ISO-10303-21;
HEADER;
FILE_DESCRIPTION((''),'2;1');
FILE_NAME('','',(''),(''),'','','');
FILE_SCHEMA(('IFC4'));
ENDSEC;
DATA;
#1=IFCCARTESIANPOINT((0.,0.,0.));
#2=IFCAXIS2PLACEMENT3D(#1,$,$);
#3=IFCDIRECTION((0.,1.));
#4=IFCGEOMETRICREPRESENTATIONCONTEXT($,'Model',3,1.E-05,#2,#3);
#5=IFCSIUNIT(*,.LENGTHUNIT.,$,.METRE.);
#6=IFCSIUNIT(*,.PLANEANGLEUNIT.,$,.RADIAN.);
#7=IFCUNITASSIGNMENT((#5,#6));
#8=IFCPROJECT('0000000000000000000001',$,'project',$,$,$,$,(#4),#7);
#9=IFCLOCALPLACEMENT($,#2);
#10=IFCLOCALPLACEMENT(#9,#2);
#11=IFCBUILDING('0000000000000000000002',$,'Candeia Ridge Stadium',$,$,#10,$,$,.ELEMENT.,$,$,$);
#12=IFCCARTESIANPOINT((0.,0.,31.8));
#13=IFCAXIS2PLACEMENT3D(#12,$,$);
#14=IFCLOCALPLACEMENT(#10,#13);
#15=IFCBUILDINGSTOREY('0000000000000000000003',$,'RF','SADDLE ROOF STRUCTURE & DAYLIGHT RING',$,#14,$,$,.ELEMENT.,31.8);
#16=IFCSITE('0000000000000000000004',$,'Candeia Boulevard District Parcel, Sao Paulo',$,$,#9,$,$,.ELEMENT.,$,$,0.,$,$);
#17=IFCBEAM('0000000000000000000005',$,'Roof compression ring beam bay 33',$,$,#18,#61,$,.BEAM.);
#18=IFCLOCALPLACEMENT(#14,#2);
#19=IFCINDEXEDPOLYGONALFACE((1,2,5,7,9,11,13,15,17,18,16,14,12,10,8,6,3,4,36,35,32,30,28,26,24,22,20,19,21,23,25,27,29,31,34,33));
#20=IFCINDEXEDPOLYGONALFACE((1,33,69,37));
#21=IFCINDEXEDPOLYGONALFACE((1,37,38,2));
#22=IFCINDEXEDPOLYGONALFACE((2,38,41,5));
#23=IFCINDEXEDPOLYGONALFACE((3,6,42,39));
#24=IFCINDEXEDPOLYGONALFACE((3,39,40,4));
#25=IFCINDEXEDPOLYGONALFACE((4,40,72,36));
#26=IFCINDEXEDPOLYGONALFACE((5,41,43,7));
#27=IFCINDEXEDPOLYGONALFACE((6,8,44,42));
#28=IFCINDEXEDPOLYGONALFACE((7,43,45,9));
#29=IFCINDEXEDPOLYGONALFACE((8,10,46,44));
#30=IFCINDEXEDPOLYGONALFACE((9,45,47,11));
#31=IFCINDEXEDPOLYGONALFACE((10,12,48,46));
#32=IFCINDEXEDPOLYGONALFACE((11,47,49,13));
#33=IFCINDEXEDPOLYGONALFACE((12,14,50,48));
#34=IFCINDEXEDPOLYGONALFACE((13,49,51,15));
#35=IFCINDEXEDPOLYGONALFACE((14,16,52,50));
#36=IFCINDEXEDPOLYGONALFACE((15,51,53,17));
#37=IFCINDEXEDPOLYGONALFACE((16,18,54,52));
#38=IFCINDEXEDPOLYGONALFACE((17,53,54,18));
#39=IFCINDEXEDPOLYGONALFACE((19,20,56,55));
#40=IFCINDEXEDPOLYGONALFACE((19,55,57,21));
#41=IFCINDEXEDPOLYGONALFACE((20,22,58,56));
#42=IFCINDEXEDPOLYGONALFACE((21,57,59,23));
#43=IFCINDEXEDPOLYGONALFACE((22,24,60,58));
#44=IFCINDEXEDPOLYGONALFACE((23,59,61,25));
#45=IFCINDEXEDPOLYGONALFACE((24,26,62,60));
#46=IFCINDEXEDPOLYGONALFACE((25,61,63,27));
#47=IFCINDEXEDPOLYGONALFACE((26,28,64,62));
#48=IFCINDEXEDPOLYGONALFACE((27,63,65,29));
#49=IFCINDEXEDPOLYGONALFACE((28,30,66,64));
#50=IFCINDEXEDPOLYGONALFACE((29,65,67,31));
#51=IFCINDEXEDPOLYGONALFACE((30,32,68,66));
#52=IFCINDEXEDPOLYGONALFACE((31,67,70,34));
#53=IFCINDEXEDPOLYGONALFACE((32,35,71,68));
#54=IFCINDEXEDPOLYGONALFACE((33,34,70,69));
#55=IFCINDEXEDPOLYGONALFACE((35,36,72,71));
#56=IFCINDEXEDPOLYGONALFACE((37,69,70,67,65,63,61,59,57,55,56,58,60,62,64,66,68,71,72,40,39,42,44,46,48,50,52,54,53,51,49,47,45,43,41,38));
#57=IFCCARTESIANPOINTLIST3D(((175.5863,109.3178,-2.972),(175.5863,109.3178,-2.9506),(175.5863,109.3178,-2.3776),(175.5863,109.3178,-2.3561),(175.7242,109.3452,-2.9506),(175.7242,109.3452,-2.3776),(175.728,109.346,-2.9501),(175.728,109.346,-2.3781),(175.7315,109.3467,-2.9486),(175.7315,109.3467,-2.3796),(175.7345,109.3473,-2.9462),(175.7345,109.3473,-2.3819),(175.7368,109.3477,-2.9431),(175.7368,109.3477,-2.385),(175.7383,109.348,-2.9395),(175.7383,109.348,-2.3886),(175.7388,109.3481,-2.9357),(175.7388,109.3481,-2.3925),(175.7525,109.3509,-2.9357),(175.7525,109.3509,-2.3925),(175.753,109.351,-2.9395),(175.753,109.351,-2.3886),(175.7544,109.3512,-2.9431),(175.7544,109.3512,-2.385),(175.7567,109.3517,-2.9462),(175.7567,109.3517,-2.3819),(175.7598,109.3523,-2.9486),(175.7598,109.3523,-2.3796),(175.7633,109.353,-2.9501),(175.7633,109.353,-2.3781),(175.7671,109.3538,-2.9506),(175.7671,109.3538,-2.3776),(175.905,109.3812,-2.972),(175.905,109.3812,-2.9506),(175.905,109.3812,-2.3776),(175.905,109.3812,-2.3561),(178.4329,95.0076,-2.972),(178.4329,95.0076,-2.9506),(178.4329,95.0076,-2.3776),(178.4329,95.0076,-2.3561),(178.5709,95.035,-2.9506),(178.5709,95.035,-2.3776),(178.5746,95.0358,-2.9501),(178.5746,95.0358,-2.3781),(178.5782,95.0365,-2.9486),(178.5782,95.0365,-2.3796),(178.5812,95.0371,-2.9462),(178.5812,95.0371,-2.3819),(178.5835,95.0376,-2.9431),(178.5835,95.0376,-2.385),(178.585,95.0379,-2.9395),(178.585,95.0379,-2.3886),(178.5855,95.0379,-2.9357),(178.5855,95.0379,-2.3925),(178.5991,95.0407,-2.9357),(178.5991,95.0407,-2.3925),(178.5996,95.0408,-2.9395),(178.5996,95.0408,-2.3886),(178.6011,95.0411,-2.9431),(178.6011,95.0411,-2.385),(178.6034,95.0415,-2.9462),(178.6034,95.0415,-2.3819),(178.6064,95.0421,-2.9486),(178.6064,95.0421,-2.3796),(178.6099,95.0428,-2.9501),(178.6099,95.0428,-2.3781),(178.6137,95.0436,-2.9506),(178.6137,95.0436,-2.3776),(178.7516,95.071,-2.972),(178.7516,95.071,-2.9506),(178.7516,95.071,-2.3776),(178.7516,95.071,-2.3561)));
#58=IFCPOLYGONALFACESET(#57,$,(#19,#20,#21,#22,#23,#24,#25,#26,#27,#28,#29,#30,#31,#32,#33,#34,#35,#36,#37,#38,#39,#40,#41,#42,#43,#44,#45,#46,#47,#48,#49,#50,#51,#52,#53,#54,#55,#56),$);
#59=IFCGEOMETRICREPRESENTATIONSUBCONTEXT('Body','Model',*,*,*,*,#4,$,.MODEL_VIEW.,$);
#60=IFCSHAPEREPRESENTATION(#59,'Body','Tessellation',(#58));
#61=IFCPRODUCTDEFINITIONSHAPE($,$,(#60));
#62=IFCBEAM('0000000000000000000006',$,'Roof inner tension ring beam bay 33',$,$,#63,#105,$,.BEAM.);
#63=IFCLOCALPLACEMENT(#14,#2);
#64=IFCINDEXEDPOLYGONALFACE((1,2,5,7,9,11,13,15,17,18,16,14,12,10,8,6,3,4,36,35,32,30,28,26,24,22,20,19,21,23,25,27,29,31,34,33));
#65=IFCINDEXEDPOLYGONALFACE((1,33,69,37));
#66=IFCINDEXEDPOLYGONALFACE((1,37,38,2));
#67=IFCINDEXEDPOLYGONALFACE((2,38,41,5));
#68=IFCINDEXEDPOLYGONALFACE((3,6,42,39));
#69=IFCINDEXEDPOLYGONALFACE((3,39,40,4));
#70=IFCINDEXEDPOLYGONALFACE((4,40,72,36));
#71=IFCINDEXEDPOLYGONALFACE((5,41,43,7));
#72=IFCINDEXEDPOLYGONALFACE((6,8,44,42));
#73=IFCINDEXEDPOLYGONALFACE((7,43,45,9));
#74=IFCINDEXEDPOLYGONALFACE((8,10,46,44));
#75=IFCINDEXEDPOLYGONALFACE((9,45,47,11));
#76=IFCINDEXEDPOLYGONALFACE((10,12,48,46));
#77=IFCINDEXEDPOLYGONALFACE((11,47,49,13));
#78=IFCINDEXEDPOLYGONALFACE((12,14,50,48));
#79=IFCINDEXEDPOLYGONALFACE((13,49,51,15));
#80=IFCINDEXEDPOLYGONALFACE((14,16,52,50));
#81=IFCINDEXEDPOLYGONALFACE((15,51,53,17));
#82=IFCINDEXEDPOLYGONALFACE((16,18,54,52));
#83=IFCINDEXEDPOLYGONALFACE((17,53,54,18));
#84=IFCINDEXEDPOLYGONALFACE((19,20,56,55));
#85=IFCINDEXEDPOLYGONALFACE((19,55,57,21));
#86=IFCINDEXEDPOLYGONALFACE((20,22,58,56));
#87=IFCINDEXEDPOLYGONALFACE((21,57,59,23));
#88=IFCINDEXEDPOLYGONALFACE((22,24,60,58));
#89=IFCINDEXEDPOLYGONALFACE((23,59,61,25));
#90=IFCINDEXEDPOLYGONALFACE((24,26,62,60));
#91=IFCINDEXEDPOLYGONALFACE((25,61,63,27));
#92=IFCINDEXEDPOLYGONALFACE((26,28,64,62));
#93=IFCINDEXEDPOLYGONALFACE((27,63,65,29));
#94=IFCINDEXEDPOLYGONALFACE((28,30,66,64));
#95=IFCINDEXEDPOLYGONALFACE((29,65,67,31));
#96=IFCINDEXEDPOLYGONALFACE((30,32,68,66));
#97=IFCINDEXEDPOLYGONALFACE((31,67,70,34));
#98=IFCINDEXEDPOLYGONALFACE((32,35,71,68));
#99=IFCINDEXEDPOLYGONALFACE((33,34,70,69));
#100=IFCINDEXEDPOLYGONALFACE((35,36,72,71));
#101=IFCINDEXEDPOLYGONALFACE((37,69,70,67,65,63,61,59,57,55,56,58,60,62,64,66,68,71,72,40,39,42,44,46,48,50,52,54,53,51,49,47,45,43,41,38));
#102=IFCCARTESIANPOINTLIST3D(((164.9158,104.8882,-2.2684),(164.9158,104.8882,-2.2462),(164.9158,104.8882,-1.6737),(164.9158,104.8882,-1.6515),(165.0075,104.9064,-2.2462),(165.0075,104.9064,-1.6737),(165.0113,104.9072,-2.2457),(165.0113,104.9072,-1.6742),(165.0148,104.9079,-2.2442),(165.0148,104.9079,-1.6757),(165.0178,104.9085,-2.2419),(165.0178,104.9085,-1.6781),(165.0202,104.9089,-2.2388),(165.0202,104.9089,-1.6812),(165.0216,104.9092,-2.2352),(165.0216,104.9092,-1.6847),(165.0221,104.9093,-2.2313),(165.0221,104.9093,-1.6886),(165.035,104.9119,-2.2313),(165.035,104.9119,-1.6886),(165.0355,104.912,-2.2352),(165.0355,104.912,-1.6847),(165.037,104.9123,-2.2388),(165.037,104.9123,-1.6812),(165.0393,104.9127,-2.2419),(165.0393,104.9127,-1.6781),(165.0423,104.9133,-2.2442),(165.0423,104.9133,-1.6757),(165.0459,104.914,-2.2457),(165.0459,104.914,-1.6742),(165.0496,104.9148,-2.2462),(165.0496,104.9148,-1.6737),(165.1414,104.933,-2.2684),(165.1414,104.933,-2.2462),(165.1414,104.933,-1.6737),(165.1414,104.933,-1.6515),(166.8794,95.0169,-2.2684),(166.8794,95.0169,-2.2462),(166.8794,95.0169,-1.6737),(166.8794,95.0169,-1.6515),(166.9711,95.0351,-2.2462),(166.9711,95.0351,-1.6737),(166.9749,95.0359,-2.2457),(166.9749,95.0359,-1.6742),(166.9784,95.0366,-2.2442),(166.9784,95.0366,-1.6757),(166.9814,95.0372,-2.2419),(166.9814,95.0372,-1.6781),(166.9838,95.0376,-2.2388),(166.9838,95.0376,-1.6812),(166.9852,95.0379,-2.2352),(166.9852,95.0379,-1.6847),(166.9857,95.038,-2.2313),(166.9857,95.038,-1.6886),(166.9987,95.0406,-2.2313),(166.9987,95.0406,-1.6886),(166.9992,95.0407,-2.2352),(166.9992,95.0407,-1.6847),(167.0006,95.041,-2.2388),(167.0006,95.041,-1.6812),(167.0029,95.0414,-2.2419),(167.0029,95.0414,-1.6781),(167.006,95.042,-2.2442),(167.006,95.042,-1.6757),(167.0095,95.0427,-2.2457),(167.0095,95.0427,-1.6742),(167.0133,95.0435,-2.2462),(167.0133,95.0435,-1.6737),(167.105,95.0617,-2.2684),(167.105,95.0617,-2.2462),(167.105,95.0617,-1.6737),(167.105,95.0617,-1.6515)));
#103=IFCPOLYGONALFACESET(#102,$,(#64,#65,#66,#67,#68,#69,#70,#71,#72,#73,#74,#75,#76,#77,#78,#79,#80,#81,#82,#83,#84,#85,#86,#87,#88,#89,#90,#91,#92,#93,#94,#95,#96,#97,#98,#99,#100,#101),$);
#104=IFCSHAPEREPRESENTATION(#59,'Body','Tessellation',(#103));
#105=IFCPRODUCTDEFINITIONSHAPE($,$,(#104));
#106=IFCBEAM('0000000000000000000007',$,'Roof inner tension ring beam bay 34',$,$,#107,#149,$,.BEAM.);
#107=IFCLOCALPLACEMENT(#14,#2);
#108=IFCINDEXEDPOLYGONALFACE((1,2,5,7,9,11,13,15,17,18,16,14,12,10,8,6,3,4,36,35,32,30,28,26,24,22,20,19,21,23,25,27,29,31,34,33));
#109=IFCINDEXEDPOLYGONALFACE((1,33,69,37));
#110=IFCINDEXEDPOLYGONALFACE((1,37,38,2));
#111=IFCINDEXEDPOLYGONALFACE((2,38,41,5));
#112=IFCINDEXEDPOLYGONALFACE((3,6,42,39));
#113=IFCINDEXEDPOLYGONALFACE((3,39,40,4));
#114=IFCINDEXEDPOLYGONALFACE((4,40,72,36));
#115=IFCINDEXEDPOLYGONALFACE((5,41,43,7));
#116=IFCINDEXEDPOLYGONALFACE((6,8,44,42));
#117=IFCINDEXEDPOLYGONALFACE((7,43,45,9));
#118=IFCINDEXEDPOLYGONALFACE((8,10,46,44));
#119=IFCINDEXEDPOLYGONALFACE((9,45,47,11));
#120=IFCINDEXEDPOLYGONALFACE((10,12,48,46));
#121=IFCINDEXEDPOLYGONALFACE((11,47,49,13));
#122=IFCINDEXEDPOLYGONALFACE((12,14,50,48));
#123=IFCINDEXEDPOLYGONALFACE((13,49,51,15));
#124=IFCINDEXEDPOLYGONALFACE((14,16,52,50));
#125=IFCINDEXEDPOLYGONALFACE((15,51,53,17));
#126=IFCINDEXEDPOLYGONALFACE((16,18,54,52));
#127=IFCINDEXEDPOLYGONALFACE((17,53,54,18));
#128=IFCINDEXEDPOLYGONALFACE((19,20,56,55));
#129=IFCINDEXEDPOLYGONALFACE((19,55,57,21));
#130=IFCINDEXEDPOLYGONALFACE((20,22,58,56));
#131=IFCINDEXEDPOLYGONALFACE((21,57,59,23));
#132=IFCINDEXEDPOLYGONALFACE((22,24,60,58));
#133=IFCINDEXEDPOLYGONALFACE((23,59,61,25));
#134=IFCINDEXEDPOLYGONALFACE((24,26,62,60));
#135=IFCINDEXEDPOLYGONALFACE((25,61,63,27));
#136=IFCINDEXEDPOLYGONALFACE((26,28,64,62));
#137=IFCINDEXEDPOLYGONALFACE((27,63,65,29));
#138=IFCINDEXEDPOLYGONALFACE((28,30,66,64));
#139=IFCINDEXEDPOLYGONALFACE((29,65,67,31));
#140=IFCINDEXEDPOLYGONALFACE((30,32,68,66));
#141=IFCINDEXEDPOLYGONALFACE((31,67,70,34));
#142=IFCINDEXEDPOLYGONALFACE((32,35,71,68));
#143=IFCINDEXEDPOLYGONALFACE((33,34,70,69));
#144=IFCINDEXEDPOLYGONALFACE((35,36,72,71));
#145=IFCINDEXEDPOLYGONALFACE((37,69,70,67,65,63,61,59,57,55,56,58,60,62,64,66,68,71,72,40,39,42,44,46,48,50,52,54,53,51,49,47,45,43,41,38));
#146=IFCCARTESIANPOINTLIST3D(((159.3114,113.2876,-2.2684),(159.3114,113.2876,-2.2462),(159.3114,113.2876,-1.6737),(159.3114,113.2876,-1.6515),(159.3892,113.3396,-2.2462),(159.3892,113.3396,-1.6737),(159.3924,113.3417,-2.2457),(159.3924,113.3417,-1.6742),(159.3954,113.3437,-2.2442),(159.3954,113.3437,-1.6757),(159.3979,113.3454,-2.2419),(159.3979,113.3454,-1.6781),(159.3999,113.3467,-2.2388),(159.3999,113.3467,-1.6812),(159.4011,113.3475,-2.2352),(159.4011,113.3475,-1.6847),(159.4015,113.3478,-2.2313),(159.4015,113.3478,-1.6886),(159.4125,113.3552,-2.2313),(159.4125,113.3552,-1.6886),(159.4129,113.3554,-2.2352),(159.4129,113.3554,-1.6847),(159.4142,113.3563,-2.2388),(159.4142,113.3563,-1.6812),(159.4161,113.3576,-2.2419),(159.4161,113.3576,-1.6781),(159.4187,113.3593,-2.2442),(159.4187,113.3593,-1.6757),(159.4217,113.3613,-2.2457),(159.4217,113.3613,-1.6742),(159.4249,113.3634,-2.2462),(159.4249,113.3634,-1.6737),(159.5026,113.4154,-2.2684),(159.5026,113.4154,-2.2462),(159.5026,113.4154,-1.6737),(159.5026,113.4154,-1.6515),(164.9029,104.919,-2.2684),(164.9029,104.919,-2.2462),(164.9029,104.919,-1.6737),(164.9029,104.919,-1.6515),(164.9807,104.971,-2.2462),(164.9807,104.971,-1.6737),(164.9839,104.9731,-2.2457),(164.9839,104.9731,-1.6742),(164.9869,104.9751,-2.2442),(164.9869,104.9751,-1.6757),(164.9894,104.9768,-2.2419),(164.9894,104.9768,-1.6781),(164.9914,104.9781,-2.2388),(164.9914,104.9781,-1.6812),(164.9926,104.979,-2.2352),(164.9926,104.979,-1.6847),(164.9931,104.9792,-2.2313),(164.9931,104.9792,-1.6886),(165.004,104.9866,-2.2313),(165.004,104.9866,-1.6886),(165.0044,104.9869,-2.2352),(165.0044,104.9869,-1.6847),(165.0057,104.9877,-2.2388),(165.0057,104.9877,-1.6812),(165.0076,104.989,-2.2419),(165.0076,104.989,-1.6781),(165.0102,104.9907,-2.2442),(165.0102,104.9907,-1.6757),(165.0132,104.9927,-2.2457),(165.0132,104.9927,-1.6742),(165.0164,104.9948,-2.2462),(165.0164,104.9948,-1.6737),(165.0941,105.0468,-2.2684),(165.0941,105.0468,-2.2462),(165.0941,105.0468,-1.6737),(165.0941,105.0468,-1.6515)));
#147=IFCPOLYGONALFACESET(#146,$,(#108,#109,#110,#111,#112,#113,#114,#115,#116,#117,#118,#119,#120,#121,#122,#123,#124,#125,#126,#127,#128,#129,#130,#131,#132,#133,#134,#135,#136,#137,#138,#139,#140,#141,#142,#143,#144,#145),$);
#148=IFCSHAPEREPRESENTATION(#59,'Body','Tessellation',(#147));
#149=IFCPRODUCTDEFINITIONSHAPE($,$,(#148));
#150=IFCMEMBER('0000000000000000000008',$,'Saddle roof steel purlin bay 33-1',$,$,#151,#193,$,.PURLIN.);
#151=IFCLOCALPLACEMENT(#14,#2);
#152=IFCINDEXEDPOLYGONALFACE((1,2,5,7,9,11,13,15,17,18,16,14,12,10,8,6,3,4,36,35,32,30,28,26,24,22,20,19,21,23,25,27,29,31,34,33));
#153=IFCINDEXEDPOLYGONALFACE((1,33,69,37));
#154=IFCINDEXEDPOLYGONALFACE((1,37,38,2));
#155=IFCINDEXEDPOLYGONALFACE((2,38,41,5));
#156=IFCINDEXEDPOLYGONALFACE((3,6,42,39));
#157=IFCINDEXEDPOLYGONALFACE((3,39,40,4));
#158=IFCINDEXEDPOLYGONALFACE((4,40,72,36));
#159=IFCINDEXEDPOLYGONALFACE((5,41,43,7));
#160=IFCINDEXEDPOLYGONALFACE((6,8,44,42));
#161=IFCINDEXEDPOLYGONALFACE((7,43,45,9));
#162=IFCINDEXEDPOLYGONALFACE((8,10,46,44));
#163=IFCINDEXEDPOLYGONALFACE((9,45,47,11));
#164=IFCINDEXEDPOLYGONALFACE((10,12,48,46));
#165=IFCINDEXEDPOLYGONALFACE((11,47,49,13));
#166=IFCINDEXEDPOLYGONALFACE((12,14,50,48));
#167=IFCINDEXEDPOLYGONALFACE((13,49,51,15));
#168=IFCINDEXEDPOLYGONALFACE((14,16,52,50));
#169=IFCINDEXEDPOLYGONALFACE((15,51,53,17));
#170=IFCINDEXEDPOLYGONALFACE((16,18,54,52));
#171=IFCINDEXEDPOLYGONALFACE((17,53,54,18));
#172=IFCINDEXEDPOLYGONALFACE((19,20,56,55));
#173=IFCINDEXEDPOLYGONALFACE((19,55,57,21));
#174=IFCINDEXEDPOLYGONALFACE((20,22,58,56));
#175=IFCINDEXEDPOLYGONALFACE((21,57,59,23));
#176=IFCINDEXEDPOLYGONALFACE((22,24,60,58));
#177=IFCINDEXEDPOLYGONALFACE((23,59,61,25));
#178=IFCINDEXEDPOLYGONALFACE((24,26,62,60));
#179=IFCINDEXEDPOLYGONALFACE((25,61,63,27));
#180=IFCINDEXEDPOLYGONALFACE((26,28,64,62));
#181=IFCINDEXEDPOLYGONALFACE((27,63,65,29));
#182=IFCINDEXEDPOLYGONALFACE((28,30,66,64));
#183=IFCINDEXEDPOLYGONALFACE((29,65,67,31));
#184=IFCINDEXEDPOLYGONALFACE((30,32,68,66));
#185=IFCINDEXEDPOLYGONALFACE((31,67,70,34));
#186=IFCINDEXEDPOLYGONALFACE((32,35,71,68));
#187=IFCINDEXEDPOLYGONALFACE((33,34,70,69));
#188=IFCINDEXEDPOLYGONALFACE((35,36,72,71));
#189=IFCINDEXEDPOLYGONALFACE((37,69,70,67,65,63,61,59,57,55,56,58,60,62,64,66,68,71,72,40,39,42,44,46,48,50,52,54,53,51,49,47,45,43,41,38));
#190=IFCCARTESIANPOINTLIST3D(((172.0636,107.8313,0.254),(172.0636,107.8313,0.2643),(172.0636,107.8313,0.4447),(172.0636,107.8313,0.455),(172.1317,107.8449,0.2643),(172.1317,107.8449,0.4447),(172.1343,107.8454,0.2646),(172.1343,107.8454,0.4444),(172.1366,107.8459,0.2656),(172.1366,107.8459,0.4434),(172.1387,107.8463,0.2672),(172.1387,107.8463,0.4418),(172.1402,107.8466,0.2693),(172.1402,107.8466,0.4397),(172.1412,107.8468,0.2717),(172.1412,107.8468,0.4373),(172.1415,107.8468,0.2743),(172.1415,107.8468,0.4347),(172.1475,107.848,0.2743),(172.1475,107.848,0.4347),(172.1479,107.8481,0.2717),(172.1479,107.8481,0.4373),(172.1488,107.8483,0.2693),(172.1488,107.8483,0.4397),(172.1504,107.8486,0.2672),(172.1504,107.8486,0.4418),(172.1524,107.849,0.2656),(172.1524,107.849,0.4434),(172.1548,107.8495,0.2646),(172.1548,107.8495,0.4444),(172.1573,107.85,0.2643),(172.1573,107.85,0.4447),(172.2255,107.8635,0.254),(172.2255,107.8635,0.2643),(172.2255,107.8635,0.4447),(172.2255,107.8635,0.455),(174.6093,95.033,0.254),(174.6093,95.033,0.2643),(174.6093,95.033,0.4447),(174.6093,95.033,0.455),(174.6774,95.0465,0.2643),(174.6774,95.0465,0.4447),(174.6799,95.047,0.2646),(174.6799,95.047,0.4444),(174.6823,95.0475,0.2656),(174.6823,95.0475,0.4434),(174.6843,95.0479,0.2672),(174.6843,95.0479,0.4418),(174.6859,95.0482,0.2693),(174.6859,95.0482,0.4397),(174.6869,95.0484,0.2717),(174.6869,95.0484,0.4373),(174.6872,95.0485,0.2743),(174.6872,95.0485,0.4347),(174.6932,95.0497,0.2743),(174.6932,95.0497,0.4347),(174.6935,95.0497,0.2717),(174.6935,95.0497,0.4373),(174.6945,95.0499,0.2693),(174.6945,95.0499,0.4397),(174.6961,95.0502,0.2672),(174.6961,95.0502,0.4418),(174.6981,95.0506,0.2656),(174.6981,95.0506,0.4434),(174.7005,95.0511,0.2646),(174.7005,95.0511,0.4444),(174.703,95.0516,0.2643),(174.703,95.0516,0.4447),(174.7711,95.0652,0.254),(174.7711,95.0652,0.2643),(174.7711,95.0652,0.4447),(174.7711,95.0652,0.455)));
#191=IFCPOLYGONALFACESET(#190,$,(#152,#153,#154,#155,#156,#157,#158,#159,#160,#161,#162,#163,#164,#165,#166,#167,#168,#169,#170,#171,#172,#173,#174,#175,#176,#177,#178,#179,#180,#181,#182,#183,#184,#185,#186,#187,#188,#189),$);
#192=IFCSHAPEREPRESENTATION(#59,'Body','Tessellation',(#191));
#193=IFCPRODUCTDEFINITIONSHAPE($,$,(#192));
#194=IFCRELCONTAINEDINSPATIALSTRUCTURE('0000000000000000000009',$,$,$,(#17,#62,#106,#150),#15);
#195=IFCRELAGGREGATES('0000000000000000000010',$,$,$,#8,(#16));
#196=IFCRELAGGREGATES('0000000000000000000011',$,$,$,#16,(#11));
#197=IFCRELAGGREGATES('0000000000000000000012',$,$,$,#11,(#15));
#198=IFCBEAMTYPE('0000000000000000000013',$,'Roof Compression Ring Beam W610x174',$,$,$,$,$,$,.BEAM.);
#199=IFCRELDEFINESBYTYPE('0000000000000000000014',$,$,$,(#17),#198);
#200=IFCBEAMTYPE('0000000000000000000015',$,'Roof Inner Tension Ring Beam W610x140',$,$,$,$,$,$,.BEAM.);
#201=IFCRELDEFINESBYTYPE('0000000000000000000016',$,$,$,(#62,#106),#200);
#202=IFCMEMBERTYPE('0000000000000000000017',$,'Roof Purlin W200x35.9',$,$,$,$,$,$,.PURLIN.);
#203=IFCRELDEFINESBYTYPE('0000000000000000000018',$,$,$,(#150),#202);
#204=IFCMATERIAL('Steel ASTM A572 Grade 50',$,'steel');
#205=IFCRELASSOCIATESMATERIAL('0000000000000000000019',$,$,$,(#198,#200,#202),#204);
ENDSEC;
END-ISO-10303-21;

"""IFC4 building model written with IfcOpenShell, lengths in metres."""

from ifc_helpers import new_model, si_unit, direction, frame, origin, origin_2d, place, context, subcontext, project, spatial, i_section, extrude, material, material_profile, profile_set, type_object, element, save


model = new_model("IFC4")

# Units and contexts
model_context = context("Model", 3, precision=1e-05, world=origin(), true_north=direction((0.0, 1.0)))
body_context = subcontext(model_context, "Body", "Model", "MODEL_VIEW")
ifc_project = project(units=[si_unit("LENGTHUNIT", "METRE"), si_unit("PLANEANGLEUNIT", "RADIAN")], contexts=[model_context])

# Site, building, storey
site_placement = place(None, origin())
site = spatial("IfcSite", under=ifc_project, at=site_placement, Name="Candeia Boulevard District Parcel, Sao Paulo", CompositionType="ELEMENT", RefElevation=0.0)
building_placement = place(site_placement, origin())
building = spatial("IfcBuilding", under=site, at=building_placement, Name="Candeia Ridge Stadium", CompositionType="ELEMENT")
storey_placement = place(building_placement, frame((0.0, 0.0, 31.8)))
storey = spatial("IfcBuildingStorey", under=building, at=storey_placement, Name="RF", Description="SADDLE ROOF STRUCTURE & DAYLIGHT RING", CompositionType="ELEMENT", Elevation=31.8)

# Beams
ifc_material_1 = material(Name="Steel ASTM A572 Grade 50", Category="steel")
ifc_material_profile_1 = material_profile(ifc_material_1, i_section(OverallWidth=0.325, OverallDepth=0.616, WebThickness=0.0139, FlangeThickness=0.0215, FilletRadius=0.0149, at=origin_2d()), Name="W610x174", Category="steel")
ifc_profile_set_1 = profile_set([ifc_material_profile_1], Name="Steel ASTM A572 Grade 50")
beam_type_1 = type_object("IfcBeamType", Name="Roof Compression Ring Beam W610x174", PredefinedType="BEAM", material=ifc_profile_set_1)
beam_placement = place(storey_placement, frame((178.5923, 95.0393, -2.6641), z_axis=(-0.195102, 0.980783, 0.0), x_axis=(-0.980783, -0.195102, 0.0)))
element("IfcBeam", 1, at=beam_placement, inside=storey, type_object=beam_type_1, Name="Roof compression ring beam bay 33", PredefinedType="BEAM", context=body_context, shape_type="SweptSolid", body=[
    extrude(i_section(OverallWidth=0.325, OverallDepth=0.616, WebThickness=0.0139, FlangeThickness=0.0215, FilletRadius=0.0149, at=origin_2d()), origin(), (0.0, 0.0, 1.0), 14.5906),
])
ifc_material_profile_2 = material_profile(ifc_material_1, i_section(OverallWidth=0.23, OverallDepth=0.6169, WebThickness=0.0132, FlangeThickness=0.0222, FilletRadius=0.0149, at=origin_2d()), Name="W610x140", Category="steel")
ifc_profile_set_2 = profile_set([ifc_material_profile_2], Name="Steel ASTM A572 Grade 50")
beam_type_2 = type_object("IfcBeamType", Name="Roof Inner Tension Ring Beam W610x140", PredefinedType="BEAM", material=ifc_profile_set_2)
for number, where, z_axis, x_axis, name in (
    (2, (166.9922, 95.0393, -1.96), (-0.195099, 0.980784, 0.0), (-0.980784, -0.195099, 0.0), "Roof inner tension ring beam bay 33"),
    (3, (164.9985, 104.9829, -1.96), (-0.555556, 0.831479, 0.0), (-0.831479, -0.555556, 0.0), "Roof inner tension ring beam bay 34"),
):
    element("IfcBeam", number, at=place(storey_placement, frame(where, z_axis=z_axis, x_axis=x_axis)), inside=storey, type_object=beam_type_2, Name=name, PredefinedType="BEAM", context=body_context, shape_type="SweptSolid", body=[
        extrude(i_section(OverallWidth=0.23, OverallDepth=0.6169, WebThickness=0.0132, FlangeThickness=0.0222, FilletRadius=0.0149, at=origin_2d()), origin(), (0.0, 0.0, 1.0), 10.0647),
    ])

# Member
ifc_material_profile_3 = material_profile(ifc_material_1, i_section(OverallWidth=0.165, OverallDepth=0.2009, WebThickness=0.0061, FlangeThickness=0.0103, FilletRadius=0.01, at=origin_2d()), Name="W200x35.9", Category="steel")
ifc_profile_set_3 = profile_set([ifc_material_profile_3], Name="Steel ASTM A572 Grade 50")
member_type_1 = type_object("IfcMemberType", Name="Roof Purlin W200x35.9", PredefinedType="PURLIN", material=ifc_profile_set_3)
member_1_placement = place(storey_placement, frame((174.6902, 95.0491, 0.3545), z_axis=(-0.195083, 0.980787, 0.0), x_axis=(-0.980787, -0.195083, 0.0)))
element("IfcMember", 4, at=member_1_placement, inside=storey, type_object=member_type_1, Name="Saddle roof steel purlin bay 33-1", PredefinedType="PURLIN", context=body_context, shape_type="SweptSolid", body=[
    extrude(i_section(OverallWidth=0.165, OverallDepth=0.2009, WebThickness=0.0061, FlangeThickness=0.0103, FilletRadius=0.01, at=origin_2d()), origin(), (0.0, 0.0, 1.0), 13.0491),
])

save(model, "model.ifc")
